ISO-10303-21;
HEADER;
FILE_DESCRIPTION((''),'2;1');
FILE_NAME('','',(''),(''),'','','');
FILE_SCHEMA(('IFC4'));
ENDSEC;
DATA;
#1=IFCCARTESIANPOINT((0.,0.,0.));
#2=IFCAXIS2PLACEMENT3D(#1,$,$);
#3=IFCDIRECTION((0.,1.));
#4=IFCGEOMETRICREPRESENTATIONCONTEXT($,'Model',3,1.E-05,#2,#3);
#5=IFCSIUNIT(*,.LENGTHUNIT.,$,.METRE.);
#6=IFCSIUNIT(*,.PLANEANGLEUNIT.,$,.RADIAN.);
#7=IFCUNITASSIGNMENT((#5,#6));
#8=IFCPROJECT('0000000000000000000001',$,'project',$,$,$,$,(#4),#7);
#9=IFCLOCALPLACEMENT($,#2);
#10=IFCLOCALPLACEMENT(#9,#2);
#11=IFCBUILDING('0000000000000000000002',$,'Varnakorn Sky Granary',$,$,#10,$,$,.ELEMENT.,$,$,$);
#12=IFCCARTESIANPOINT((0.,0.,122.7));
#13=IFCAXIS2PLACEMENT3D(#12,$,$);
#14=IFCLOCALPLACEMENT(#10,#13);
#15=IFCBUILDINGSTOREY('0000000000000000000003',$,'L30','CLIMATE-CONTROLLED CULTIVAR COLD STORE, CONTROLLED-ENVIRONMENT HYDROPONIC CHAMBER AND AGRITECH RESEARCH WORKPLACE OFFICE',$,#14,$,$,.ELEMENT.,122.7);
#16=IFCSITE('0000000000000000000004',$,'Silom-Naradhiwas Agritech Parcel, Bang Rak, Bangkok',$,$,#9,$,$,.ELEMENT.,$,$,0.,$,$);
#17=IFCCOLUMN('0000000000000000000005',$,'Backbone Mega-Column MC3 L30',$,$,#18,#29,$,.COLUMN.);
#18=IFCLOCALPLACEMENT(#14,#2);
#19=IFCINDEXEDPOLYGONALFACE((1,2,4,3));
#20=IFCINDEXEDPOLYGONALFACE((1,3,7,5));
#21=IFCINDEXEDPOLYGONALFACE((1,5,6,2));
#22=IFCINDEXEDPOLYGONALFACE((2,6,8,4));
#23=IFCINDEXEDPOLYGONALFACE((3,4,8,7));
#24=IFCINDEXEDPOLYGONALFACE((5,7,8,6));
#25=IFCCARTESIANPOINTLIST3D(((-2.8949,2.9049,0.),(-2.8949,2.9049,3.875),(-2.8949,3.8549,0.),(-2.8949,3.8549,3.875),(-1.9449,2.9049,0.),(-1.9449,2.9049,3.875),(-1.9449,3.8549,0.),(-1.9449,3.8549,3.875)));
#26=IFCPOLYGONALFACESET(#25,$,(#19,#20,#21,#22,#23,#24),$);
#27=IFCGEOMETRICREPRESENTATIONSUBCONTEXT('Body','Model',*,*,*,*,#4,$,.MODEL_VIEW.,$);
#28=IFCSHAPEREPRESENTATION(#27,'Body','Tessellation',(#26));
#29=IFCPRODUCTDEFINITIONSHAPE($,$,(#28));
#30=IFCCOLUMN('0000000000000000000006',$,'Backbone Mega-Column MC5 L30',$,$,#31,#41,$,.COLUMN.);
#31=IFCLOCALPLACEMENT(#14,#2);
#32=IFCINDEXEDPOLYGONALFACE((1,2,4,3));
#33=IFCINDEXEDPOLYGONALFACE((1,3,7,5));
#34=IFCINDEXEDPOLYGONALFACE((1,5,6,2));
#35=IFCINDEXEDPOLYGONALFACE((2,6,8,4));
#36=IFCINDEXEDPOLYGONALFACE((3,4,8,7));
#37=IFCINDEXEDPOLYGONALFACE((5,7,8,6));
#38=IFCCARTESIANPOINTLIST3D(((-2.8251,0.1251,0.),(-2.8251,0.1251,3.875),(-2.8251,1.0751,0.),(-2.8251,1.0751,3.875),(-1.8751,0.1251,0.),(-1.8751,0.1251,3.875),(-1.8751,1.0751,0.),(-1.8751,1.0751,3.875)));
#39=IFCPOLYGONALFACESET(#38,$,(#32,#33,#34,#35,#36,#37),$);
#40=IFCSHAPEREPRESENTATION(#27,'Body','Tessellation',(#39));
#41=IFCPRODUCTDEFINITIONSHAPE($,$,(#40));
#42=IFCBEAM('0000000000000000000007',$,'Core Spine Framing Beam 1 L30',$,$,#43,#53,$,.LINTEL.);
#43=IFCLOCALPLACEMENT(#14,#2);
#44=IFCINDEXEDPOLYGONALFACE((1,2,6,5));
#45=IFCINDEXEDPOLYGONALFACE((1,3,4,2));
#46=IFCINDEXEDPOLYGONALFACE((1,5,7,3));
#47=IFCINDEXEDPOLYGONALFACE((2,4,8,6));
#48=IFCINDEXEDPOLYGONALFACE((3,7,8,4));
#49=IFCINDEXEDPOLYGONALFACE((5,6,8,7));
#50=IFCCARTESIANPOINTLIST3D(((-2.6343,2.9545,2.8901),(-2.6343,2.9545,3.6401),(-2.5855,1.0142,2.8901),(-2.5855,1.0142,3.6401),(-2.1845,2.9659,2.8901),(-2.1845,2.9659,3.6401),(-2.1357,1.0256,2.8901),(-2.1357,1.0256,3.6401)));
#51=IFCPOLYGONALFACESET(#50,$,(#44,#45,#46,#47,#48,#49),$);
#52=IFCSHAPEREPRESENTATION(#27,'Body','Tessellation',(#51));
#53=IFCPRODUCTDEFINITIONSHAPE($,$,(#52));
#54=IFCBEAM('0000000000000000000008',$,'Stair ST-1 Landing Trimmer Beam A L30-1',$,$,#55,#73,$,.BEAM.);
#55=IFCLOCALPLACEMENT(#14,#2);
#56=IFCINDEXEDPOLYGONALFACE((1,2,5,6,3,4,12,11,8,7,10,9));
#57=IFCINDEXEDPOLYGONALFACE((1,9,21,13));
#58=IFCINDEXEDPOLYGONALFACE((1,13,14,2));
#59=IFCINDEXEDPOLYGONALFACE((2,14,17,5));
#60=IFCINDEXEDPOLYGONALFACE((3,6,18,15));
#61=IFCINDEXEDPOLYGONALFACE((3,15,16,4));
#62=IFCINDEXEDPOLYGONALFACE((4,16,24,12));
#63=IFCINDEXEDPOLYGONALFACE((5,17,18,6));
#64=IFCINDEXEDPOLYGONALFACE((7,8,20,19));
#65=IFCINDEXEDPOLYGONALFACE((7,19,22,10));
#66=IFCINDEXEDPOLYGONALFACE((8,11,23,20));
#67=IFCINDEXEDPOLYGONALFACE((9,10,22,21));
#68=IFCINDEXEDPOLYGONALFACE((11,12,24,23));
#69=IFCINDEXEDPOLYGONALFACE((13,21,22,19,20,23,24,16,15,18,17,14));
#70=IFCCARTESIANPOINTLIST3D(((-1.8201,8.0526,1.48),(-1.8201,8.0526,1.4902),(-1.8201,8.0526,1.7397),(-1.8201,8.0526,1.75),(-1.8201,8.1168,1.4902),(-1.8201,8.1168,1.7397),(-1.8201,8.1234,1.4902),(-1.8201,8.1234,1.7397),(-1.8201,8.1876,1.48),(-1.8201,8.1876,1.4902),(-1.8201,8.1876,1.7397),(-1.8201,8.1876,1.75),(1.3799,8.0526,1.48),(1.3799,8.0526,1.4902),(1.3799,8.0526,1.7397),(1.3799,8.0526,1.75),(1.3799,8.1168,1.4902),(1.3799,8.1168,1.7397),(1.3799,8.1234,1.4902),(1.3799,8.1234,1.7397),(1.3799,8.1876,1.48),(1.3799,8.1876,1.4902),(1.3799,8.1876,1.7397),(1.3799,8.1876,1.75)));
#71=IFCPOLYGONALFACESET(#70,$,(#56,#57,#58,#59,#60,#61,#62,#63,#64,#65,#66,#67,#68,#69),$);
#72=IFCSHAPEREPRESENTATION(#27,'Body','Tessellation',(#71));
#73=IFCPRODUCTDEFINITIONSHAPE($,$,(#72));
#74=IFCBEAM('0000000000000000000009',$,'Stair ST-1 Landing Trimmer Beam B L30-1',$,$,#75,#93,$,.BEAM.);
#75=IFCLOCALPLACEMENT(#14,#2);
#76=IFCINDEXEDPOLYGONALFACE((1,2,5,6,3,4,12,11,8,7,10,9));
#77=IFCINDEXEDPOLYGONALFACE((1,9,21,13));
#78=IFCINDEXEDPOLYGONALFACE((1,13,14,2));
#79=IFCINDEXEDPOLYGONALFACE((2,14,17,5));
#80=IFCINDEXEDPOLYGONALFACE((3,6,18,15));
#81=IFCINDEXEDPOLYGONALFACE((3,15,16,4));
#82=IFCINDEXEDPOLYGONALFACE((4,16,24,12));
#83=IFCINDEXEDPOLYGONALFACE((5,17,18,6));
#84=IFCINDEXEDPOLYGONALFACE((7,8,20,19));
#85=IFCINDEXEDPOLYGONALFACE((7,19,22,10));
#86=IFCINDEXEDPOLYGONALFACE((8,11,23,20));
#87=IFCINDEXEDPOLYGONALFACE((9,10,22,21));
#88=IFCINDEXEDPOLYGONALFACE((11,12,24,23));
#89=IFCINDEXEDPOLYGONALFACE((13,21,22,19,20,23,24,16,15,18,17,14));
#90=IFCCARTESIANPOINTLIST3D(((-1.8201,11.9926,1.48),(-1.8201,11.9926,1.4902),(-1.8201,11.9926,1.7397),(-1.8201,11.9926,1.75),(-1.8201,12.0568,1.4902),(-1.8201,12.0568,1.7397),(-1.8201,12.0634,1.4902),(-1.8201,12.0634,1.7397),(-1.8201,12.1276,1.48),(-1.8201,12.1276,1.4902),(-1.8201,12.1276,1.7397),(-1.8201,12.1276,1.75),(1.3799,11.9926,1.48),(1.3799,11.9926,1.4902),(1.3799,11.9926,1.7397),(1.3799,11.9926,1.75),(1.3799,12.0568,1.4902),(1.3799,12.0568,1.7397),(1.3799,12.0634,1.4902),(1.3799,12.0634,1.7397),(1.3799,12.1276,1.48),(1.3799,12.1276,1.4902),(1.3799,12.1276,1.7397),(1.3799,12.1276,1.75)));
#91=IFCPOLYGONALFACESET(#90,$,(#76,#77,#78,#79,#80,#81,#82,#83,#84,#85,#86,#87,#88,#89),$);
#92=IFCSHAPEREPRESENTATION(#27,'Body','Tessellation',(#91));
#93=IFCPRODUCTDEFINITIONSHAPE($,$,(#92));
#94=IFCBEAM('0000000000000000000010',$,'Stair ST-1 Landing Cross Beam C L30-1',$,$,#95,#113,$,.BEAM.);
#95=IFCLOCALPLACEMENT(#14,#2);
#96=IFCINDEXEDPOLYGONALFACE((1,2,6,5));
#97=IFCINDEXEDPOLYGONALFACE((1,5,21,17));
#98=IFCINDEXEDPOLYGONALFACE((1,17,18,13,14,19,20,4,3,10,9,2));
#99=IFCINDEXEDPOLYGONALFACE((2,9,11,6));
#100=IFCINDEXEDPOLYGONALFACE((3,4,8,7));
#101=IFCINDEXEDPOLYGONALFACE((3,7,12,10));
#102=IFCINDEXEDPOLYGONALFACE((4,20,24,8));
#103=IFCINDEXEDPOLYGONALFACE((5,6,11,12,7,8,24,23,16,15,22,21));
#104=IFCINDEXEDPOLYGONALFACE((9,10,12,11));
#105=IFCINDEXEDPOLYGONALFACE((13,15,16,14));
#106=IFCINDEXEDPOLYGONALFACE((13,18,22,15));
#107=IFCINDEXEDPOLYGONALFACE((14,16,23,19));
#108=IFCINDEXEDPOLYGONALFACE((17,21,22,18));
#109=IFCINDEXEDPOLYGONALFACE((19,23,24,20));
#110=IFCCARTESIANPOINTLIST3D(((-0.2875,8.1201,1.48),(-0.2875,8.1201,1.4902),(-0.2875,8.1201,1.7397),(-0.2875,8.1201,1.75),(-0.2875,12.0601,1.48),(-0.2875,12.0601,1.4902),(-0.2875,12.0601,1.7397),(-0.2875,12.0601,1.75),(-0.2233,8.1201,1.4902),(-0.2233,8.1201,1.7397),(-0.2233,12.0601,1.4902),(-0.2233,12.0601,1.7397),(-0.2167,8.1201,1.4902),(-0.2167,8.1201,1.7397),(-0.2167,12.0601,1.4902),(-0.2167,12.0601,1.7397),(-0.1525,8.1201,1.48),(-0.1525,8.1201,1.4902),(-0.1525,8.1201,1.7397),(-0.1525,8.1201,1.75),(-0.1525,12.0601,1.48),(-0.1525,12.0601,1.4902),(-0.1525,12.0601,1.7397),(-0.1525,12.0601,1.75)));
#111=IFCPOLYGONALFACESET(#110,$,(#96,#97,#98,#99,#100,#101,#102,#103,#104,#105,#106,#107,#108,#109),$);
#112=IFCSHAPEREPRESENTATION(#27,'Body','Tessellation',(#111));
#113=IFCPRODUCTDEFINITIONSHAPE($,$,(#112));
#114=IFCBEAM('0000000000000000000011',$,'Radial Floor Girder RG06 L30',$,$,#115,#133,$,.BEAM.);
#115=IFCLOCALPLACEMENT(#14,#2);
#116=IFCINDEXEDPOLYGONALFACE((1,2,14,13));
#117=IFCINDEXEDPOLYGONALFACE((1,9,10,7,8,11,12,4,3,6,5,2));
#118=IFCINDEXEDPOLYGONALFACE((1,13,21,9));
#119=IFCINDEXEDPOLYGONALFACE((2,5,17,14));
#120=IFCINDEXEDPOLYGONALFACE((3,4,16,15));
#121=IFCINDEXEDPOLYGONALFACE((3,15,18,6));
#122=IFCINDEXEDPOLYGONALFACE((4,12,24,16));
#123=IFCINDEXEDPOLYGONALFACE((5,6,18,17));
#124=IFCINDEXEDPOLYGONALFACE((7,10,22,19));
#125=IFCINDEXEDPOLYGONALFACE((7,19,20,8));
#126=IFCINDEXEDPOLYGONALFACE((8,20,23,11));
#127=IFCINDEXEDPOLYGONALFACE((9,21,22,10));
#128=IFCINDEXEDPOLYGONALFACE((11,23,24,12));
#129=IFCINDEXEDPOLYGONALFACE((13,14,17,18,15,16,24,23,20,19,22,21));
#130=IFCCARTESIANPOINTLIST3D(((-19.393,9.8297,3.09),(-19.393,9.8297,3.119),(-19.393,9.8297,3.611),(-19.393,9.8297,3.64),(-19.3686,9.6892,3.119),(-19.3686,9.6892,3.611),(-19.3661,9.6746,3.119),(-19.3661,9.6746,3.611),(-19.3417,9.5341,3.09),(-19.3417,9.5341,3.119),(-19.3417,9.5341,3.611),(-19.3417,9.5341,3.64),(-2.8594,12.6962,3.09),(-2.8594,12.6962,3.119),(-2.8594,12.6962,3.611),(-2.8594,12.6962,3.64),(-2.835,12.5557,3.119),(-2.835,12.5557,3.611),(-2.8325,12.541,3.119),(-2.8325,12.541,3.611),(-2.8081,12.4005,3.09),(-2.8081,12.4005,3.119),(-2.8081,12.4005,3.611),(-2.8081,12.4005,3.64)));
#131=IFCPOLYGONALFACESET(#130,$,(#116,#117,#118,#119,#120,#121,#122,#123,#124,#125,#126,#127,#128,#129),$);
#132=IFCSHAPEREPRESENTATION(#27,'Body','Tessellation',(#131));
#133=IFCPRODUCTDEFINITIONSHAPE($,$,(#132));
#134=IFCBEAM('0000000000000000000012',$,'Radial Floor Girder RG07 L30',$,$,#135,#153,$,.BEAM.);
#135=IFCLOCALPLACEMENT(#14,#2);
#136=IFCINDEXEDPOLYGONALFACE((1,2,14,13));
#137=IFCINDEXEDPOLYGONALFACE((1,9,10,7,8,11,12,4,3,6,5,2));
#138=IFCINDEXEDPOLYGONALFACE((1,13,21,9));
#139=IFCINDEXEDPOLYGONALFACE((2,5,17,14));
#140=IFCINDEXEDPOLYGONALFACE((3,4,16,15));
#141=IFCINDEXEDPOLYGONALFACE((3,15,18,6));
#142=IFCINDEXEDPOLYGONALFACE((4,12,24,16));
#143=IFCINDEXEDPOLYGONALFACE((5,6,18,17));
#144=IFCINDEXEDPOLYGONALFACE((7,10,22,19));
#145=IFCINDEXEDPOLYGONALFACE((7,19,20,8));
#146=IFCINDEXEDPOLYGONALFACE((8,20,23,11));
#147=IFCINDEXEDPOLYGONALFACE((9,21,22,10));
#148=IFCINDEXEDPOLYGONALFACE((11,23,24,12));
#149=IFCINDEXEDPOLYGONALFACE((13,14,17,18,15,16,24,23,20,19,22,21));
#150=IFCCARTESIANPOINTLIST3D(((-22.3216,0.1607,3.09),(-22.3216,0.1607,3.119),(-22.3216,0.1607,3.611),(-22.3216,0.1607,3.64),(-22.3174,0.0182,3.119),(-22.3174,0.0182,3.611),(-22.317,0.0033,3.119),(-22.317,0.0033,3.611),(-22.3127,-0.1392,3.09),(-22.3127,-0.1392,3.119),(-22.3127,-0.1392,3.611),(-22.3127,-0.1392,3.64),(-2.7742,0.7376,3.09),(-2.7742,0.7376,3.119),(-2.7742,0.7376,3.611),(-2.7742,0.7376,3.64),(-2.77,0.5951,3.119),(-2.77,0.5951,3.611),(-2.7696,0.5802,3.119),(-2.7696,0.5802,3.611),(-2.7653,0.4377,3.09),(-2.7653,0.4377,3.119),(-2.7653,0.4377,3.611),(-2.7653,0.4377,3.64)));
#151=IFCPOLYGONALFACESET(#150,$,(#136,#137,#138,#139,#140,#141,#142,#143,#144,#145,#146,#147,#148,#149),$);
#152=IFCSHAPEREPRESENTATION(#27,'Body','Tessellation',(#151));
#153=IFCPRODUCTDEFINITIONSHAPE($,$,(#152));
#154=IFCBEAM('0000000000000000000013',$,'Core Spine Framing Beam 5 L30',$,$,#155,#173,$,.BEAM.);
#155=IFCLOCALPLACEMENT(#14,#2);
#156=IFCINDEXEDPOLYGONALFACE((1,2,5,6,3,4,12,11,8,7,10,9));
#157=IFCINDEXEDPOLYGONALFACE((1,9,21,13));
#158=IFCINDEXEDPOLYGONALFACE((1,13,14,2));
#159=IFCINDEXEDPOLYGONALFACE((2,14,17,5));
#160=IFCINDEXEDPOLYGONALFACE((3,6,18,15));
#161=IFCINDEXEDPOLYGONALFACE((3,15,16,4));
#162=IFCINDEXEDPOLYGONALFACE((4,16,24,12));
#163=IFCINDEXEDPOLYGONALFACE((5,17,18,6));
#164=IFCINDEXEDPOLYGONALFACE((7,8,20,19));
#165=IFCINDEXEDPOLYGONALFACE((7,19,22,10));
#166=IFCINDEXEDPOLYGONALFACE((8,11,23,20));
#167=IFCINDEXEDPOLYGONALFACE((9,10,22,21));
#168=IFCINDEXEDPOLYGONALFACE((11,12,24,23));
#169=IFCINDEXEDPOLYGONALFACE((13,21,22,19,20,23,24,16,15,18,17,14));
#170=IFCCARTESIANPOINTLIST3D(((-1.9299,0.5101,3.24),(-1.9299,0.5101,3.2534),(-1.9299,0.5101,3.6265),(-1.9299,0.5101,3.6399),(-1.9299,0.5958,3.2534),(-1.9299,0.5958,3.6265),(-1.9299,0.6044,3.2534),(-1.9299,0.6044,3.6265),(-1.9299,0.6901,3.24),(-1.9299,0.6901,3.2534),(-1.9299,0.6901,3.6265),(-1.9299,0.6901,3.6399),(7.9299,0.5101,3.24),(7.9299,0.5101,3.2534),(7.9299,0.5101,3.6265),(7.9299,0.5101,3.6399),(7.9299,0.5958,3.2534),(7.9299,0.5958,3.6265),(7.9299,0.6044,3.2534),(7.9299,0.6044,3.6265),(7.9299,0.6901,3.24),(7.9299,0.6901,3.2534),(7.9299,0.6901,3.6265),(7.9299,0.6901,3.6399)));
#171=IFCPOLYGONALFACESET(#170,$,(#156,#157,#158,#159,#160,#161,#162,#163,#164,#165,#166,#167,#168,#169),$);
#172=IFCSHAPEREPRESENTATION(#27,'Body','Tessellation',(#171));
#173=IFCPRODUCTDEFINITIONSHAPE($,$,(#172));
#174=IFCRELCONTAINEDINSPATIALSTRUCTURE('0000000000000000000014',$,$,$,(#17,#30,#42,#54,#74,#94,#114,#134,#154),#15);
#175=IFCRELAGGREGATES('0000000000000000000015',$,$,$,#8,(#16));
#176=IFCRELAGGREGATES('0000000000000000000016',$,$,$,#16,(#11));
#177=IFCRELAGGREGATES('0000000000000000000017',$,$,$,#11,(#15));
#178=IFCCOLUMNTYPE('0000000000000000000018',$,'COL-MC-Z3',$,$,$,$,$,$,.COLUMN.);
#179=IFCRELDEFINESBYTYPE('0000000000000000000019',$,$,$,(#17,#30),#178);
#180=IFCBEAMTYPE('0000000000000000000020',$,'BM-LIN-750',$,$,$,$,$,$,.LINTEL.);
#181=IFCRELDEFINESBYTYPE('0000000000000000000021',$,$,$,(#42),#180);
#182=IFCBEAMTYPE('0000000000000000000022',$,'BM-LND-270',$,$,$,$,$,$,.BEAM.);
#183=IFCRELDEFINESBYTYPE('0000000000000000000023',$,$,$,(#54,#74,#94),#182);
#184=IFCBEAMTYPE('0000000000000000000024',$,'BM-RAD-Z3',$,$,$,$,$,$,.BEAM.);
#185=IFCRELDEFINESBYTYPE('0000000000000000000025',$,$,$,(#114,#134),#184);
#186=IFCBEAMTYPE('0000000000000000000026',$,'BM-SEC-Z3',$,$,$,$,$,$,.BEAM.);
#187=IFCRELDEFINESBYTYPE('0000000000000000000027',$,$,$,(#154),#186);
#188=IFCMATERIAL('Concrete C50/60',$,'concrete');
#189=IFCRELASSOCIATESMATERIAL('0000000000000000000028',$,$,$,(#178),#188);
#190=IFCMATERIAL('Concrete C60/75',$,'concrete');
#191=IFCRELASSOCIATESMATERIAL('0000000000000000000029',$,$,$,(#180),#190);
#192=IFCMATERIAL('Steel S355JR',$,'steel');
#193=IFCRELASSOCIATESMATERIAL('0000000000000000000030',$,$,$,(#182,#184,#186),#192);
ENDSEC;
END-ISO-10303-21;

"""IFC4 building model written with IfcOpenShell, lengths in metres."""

from ifc_helpers import new_model, si_unit, direction, frame, origin, origin_2d, place, context, subcontext, project, spatial, rectangle, i_section, extrude, material, material_profile, profile_set, type_object, element, save


model = new_model("IFC4")

# Units and contexts
model_context = context("Model", 3, precision=1e-05, world=origin(), true_north=direction((0.0, 1.0)))
body_context = subcontext(model_context, "Body", "Model", "MODEL_VIEW")
ifc_project = project(units=[si_unit("LENGTHUNIT", "METRE"), si_unit("PLANEANGLEUNIT", "RADIAN")], contexts=[model_context])

# Site, building, storey
site_placement = place(None, origin())
site = spatial("IfcSite", under=ifc_project, at=site_placement, Name="Silom-Naradhiwas Agritech Parcel, Bang Rak, Bangkok", CompositionType="ELEMENT", RefElevation=0.0)
building_placement = place(site_placement, origin())
building = spatial("IfcBuilding", under=site, at=building_placement, Name="Varnakorn Sky Granary", CompositionType="ELEMENT")
storey_placement = place(building_placement, frame((0.0, 0.0, 122.7)))
storey = spatial("IfcBuildingStorey", under=building, at=storey_placement, Name="L30", Description="CLIMATE-CONTROLLED CULTIVAR COLD STORE, CONTROLLED-ENVIRONMENT HYDROPONIC CHAMBER AND AGRITECH RESEARCH WORKPLACE OFFICE", CompositionType="ELEMENT", Elevation=122.7)

# Columns
ifc_material_1 = material(Name="Concrete C50/60", Category="concrete")
ifc_material_profile_1 = material_profile(ifc_material_1, rectangle(XDim=0.95, YDim=0.95, at=origin_2d()), Name="RC 950x950")
ifc_profile_set_1 = profile_set([ifc_material_profile_1], Name="Concrete C50/60")
column_type = type_object("IfcColumnType", Name="COL-MC-Z3", PredefinedType="COLUMN", material=ifc_profile_set_1)
for number, where, z_axis, x_axis, name in (
    (1, (-2.4199, 3.3799, 0.0), (0.0, 0.0, 1.0), (1.0, 0.0, 0.0), "Backbone Mega-Column MC3 L30"),
    (2, (-2.3501, 0.6001, 0.0), (0.0, 0.0, 1.0), (1.0, 0.0, 0.0), "Backbone Mega-Column MC5 L30"),
):
    element("IfcColumn", number, at=place(storey_placement, frame(where, z_axis=z_axis, x_axis=x_axis)), inside=storey, type_object=column_type, Name=name, PredefinedType="COLUMN", context=body_context, shape_type="SweptSolid", body=[
        extrude(rectangle(XDim=0.95, YDim=0.95, at=origin_2d()), origin(), (0.0, 0.0, 1.0), 3.875),
    ])

# Beams
ifc_material_2 = material(Name="Concrete C60/75", Category="concrete")
ifc_material_profile_2 = material_profile(ifc_material_2, rectangle(XDim=0.45, YDim=0.75, at=origin_2d()), Name="RC 450x750")
ifc_profile_set_2 = profile_set([ifc_material_profile_2], Name="Concrete C60/75")
beam_type_1 = type_object("IfcBeamType", Name="BM-LIN-750", PredefinedType="LINTEL", material=ifc_profile_set_2)
beam_1_placement = place(storey_placement, frame((-2.4094, 2.9602, 3.2651), z_axis=(0.025159, -0.999683, 0.0), x_axis=(0.999683, 0.025159, 0.0)))
element("IfcBeam", 3, at=beam_1_placement, inside=storey, type_object=beam_type_1, Name="Core Spine Framing Beam 1 L30", PredefinedType="LINTEL", context=body_context, shape_type="SweptSolid", body=[
    extrude(rectangle(XDim=0.45, YDim=0.75, at=origin_2d()), origin(), (0.0, 0.0, 1.0), 1.9409),
])
ifc_material_3 = material(Name="Steel S355JR", Category="steel")
ifc_material_profile_3 = material_profile(ifc_material_3, i_section(OverallWidth=0.135, OverallDepth=0.27, WebThickness=0.0066, FlangeThickness=0.0103, at=origin_2d()), Name="IPE 270")
ifc_profile_set_3 = profile_set([ifc_material_profile_3], Name="Steel S355JR")
beam_type_2 = type_object("IfcBeamType", Name="BM-LND-270", PredefinedType="BEAM", material=ifc_profile_set_3)
for number, where, z_axis, x_axis, name in (
    (4, (-1.8201, 8.1201, 1.615), (1.0, 0.0, 0.0), (0.0, 1.0, 0.0), "Stair ST-1 Landing Trimmer Beam A L30-1"),
    (5, (-1.8201, 12.0601, 1.615), (1.0, 0.0, 0.0), (0.0, 1.0, 0.0), "Stair ST-1 Landing Trimmer Beam B L30-1"),
):
    element("IfcBeam", number, at=place(storey_placement, frame(where, z_axis=z_axis, x_axis=x_axis)), inside=storey, type_object=beam_type_2, Name=name, PredefinedType="BEAM", context=body_context, shape_type="SweptSolid", body=[
        extrude(i_section(OverallWidth=0.135, OverallDepth=0.27, WebThickness=0.0066, FlangeThickness=0.0103, at=origin_2d()), origin(), (0.0, 0.0, 1.0), 3.2),
    ])
beam_2_placement = place(storey_placement, frame((-0.22, 8.1201, 1.615), z_axis=(0.0, 1.0, 0.0), x_axis=(-1.0, 0.0, 0.0)))
element("IfcBeam", 6, at=beam_2_placement, inside=storey, type_object=beam_type_2, Name="Stair ST-1 Landing Cross Beam C L30-1", PredefinedType="BEAM", context=body_context, shape_type="SweptSolid", body=[
    extrude(i_section(OverallWidth=0.135, OverallDepth=0.27, WebThickness=0.0066, FlangeThickness=0.0103, at=origin_2d()), origin(), (0.0, 0.0, 1.0), 3.9399),
])
ifc_material_profile_4 = material_profile(ifc_material_3, i_section(OverallWidth=0.3, OverallDepth=0.55, WebThickness=0.0149, FlangeThickness=0.0291, at=origin_2d()), Name="HE 550 B")
ifc_profile_set_4 = profile_set([ifc_material_profile_4], Name="Steel S355JR")
beam_type_3 = type_object("IfcBeamType", Name="BM-RAD-Z3", PredefinedType="BEAM", material=ifc_profile_set_4)
beam_3_placement = place(storey_placement, frame((-2.8337, 12.5483, 3.365), z_axis=(-0.985302, -0.170822, 0.0), x_axis=(0.170822, -0.985302, 0.0)))
element("IfcBeam", 7, at=beam_3_placement, inside=storey, type_object=beam_type_3, Name="Radial Floor Girder RG06 L30", PredefinedType="BEAM", context=body_context, shape_type="SweptSolid", body=[
    extrude(i_section(OverallWidth=0.3, OverallDepth=0.55, WebThickness=0.0149, FlangeThickness=0.0291, at=origin_2d()), origin(), (0.0, 0.0, 1.0), 16.7803),
])
beam_4_placement = place(storey_placement, frame((-2.7698, 0.5876, 3.365), z_axis=(-0.999565, -0.0295, 0.0), x_axis=(0.0295, -0.999565, 0.0)))
element("IfcBeam", 8, at=beam_4_placement, inside=storey, type_object=beam_type_3, Name="Radial Floor Girder RG07 L30", PredefinedType="BEAM", context=body_context, shape_type="SweptSolid", body=[
    extrude(i_section(OverallWidth=0.3, OverallDepth=0.55, WebThickness=0.0149, FlangeThickness=0.0291, at=origin_2d()), origin(), (0.0, 0.0, 1.0), 19.5559),
])
ifc_material_profile_5 = material_profile(ifc_material_3, i_section(OverallWidth=0.1799, OverallDepth=0.3999, WebThickness=0.0085, FlangeThickness=0.0134, at=origin_2d()), Name="IPE 400")
ifc_profile_set_5 = profile_set([ifc_material_profile_5], Name="Steel S355JR")
beam_type_4 = type_object("IfcBeamType", Name="BM-SEC-Z3", PredefinedType="BEAM", material=ifc_profile_set_5)
beam_5_placement = place(storey_placement, frame((-1.9299, 0.6001, 3.4399), z_axis=(1.0, 0.0, 0.0), x_axis=(0.0, 1.0, 0.0)))
element("IfcBeam", 9, at=beam_5_placement, inside=storey, type_object=beam_type_4, Name="Core Spine Framing Beam 5 L30", PredefinedType="BEAM", context=body_context, shape_type="SweptSolid", body=[
    extrude(i_section(OverallWidth=0.1799, OverallDepth=0.3999, WebThickness=0.0085, FlangeThickness=0.0134, at=origin_2d()), origin(), (0.0, 0.0, 1.0), 9.8599),
])

save(model, "model.ifc")
